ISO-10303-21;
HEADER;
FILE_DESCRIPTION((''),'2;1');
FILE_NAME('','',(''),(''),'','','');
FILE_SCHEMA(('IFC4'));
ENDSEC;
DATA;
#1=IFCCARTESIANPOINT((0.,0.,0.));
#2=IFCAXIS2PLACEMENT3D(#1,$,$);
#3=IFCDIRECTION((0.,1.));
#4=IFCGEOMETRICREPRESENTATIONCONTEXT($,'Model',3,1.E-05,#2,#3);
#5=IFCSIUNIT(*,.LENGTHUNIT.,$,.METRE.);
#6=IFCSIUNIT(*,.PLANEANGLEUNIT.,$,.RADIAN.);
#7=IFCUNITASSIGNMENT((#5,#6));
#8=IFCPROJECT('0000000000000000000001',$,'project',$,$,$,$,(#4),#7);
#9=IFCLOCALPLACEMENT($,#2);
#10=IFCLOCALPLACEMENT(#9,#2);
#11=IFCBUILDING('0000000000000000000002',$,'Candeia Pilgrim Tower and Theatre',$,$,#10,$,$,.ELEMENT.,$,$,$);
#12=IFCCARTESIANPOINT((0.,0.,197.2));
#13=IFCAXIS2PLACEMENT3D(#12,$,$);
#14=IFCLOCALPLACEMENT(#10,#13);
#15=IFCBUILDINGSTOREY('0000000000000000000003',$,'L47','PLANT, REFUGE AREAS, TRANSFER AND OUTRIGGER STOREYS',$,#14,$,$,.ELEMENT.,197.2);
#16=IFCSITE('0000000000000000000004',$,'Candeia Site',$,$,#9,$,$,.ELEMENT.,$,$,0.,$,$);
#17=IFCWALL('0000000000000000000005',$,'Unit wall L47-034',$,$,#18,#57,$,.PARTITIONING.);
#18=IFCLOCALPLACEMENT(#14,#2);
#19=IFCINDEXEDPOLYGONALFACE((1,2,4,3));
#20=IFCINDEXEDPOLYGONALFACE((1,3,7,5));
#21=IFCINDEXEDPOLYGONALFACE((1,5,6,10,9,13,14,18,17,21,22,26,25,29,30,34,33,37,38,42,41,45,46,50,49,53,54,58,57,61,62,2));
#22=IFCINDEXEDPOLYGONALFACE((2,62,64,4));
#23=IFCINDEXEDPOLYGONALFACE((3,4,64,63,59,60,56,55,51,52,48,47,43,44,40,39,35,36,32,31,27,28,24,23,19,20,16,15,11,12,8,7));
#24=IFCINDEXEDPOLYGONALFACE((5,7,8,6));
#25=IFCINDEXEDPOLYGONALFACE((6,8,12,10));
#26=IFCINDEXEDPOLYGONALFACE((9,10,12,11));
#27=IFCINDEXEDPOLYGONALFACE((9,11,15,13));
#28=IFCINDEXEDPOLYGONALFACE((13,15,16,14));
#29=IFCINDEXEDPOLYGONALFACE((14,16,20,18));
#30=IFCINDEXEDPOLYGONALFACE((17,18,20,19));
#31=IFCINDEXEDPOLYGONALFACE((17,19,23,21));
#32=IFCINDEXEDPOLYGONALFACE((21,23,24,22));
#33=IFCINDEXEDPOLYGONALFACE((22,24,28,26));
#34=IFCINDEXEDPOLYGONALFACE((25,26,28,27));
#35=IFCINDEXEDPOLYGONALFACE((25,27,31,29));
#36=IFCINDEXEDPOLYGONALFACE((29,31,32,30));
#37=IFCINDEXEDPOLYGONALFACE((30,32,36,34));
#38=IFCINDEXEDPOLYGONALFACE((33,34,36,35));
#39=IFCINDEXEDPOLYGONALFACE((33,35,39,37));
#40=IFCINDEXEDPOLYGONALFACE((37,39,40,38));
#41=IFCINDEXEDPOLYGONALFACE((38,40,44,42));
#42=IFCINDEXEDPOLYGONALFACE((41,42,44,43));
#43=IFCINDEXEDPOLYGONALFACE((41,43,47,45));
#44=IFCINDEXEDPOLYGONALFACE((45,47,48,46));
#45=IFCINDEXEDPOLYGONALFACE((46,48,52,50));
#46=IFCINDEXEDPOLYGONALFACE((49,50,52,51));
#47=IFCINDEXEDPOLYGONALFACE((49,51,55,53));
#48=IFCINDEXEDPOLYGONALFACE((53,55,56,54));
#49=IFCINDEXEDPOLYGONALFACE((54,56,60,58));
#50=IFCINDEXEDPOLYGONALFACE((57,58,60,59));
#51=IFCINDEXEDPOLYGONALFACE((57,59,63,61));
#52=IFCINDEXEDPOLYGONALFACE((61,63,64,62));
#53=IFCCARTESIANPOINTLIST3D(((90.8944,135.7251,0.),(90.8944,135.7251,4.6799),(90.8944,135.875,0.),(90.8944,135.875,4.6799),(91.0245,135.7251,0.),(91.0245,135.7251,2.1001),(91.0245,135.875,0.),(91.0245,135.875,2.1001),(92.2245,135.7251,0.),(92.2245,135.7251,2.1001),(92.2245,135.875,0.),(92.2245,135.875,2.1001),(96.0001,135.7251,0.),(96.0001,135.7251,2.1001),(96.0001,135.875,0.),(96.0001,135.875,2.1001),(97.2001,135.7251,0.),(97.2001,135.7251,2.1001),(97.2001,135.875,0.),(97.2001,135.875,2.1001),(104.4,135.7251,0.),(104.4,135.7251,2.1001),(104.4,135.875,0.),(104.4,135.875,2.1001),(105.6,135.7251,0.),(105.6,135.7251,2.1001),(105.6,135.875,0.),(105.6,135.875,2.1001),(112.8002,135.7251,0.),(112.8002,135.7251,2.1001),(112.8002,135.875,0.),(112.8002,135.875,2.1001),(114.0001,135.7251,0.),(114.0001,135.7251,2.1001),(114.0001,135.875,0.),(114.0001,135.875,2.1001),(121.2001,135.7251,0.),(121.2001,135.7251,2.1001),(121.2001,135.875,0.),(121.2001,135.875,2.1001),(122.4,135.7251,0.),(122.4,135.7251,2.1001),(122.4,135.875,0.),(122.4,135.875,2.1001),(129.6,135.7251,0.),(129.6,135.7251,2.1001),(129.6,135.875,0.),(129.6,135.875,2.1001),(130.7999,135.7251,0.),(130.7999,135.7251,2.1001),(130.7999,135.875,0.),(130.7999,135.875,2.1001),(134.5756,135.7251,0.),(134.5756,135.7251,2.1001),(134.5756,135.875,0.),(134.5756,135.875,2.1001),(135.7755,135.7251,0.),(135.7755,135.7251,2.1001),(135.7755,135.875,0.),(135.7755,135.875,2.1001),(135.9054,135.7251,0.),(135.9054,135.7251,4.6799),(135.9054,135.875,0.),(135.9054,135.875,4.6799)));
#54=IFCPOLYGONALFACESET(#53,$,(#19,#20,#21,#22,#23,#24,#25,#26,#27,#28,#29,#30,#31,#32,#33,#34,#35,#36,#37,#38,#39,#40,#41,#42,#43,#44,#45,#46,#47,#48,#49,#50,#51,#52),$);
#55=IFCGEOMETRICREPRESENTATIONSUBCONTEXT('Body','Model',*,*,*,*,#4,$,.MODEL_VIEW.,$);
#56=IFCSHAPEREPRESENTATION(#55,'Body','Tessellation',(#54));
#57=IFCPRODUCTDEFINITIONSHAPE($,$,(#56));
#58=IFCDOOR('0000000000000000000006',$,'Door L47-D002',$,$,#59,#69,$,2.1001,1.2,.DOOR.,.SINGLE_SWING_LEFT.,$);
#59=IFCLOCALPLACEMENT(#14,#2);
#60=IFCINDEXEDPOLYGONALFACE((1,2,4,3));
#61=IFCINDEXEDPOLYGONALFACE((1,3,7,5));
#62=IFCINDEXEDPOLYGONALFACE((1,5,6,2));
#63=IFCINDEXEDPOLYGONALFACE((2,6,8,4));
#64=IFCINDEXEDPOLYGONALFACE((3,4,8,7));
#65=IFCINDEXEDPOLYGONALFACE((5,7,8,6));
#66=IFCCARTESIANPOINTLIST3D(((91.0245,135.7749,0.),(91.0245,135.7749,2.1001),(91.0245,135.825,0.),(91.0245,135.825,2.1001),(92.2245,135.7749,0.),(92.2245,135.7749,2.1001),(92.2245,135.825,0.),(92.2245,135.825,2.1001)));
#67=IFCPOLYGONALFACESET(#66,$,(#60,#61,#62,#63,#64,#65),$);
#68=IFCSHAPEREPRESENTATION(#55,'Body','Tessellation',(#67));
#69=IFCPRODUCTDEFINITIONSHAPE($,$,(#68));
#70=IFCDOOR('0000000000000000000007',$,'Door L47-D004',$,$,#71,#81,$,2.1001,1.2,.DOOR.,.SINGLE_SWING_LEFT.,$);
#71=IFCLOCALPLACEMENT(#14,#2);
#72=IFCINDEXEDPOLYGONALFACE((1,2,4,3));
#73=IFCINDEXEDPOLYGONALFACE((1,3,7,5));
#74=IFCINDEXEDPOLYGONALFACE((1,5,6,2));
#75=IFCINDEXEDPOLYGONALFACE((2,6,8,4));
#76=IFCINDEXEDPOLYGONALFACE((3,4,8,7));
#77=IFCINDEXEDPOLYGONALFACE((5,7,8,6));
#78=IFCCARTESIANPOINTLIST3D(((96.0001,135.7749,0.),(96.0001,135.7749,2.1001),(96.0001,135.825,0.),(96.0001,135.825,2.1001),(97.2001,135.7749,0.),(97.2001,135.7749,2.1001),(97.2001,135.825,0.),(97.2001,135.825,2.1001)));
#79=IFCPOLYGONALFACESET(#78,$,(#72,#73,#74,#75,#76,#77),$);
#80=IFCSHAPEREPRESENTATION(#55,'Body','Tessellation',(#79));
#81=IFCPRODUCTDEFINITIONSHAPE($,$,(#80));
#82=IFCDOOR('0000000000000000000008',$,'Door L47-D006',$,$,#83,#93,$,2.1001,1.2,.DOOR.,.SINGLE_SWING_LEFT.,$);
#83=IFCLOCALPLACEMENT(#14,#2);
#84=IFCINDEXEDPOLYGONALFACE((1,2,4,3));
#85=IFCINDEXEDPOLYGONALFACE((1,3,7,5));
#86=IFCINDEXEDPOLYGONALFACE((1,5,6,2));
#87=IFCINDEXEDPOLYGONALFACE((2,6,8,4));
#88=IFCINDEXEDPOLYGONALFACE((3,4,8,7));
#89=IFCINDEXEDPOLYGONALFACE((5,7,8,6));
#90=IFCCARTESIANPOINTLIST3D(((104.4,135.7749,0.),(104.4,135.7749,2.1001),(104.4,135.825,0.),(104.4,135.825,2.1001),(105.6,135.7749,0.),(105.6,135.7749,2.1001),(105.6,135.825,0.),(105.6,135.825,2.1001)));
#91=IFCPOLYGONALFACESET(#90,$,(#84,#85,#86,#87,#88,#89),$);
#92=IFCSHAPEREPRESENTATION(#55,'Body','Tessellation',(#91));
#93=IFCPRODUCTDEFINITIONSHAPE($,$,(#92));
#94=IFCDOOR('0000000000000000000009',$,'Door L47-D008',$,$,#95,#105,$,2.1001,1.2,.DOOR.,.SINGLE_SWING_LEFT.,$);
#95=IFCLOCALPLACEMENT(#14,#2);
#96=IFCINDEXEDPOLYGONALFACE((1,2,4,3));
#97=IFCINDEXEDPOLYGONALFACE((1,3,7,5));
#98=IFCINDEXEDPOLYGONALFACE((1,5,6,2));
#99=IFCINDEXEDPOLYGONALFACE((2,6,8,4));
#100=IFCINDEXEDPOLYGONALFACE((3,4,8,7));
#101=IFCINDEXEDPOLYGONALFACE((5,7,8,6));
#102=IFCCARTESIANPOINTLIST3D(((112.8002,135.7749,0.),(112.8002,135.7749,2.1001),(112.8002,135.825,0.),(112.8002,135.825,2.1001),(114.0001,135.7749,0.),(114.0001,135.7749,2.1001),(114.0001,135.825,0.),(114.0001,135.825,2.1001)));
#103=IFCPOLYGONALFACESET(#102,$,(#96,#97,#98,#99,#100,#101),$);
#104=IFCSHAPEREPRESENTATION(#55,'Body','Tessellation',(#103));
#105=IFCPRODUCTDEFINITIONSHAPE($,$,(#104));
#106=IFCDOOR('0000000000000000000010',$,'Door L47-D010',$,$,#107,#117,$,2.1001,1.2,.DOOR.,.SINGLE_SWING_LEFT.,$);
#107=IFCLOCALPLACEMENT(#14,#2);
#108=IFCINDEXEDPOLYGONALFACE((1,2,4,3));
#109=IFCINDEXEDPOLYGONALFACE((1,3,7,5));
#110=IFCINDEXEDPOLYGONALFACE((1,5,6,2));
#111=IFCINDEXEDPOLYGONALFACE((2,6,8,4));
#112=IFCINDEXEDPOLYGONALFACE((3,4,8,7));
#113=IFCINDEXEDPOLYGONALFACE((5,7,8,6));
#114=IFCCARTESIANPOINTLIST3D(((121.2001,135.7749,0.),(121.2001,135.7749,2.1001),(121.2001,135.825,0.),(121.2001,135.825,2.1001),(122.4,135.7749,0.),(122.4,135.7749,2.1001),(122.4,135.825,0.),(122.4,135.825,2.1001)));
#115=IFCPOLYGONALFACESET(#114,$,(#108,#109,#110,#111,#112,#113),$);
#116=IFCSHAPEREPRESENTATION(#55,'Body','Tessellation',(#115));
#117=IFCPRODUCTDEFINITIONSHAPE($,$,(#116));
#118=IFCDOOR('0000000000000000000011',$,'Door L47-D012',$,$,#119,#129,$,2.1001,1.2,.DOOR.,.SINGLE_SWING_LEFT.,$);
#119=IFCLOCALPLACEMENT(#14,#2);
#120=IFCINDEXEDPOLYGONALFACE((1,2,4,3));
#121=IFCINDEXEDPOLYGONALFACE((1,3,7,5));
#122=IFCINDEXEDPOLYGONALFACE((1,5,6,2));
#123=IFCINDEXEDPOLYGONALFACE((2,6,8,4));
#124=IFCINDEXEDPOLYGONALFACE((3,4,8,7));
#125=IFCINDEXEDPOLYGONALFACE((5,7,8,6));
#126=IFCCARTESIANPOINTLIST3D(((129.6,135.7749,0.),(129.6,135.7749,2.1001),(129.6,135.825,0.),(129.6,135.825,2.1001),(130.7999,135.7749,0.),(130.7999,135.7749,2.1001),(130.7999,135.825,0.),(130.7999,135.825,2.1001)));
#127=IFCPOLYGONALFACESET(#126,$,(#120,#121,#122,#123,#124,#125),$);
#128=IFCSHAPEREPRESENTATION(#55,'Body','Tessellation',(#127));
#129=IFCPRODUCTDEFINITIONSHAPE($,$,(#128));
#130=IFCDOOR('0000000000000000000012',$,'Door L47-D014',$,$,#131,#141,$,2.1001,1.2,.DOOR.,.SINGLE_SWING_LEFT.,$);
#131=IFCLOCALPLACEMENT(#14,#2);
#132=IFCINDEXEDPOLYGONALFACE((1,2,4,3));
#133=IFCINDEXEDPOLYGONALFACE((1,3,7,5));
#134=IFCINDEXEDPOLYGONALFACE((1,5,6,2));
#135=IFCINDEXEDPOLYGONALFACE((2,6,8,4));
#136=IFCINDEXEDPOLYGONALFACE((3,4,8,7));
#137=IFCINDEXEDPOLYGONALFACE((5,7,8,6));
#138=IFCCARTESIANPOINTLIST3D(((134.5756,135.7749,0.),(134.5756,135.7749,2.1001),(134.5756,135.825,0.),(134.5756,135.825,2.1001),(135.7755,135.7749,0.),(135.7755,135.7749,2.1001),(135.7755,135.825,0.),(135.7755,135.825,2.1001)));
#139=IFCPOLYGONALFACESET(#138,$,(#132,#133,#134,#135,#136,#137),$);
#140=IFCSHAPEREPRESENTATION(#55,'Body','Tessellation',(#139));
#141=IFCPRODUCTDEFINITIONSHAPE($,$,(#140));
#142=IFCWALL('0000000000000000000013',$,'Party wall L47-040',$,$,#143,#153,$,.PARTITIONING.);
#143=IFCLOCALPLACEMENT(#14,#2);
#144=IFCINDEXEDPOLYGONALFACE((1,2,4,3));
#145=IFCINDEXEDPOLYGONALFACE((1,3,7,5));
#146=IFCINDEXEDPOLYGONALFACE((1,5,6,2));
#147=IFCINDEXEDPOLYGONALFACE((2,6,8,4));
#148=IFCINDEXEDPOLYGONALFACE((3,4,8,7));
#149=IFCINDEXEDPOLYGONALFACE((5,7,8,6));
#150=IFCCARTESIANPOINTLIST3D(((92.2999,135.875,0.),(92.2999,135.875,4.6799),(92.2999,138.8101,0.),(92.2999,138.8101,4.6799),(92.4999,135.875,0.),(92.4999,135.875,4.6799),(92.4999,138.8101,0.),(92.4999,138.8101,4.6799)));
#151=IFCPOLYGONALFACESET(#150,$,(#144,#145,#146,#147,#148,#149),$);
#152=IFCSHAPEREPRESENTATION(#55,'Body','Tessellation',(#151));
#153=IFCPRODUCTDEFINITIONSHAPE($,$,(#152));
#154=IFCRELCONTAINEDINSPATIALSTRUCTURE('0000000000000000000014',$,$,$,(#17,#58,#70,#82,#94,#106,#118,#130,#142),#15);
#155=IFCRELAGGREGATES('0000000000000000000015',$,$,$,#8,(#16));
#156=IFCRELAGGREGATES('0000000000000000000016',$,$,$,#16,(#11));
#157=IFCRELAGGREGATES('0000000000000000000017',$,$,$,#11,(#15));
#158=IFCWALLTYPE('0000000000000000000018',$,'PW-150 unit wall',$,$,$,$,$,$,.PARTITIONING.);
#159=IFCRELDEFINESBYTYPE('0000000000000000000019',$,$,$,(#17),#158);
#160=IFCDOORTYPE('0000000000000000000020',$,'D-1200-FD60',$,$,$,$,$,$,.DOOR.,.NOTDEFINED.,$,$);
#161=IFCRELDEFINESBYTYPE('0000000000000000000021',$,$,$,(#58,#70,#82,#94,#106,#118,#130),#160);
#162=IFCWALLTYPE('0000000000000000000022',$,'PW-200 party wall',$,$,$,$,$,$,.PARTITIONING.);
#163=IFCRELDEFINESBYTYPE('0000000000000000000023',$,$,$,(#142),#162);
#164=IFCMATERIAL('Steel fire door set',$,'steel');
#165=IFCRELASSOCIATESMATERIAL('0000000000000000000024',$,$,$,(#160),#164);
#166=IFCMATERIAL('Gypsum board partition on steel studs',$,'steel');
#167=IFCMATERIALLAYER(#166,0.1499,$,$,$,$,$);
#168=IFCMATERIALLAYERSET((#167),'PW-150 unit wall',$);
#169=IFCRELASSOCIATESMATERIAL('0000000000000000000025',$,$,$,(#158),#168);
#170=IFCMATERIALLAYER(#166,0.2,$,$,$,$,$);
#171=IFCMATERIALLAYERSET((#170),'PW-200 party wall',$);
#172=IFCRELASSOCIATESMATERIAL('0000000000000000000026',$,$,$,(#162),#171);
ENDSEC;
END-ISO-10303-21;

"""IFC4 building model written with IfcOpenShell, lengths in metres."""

from ifc_helpers import new_model, si_unit, direction, frame, frame_2d, origin, place, context, subcontext, project, spatial, rectangle, extrude, material, layer, layer_set, type_object, element, fill, save


model = new_model("IFC4")

# Units and contexts
model_context = context("Model", 3, precision=1e-05, world=origin(), true_north=direction((0.0, 1.0)))
body_context = subcontext(model_context, "Body", "Model", "MODEL_VIEW")
ifc_project = project(units=[si_unit("LENGTHUNIT", "METRE"), si_unit("PLANEANGLEUNIT", "RADIAN")], contexts=[model_context])

# Site, building, storey
site_placement = place(None, origin())
site = spatial("IfcSite", under=ifc_project, at=site_placement, Name="Candeia Site", CompositionType="ELEMENT", RefElevation=0.0)
building_placement = place(site_placement, origin())
building = spatial("IfcBuilding", under=site, at=building_placement, Name="Candeia Pilgrim Tower and Theatre", CompositionType="ELEMENT")
storey_placement = place(building_placement, frame((0.0, 0.0, 197.2)))
storey = spatial("IfcBuildingStorey", under=building, at=storey_placement, Name="L47", Description="PLANT, REFUGE AREAS, TRANSFER AND OUTRIGGER STOREYS", CompositionType="ELEMENT", Elevation=197.2)

# Shared definitions
ifc_material_1 = material(Name="Steel fire door set", Category="steel")
door_type_1 = type_object("IfcDoorType", Name="D-1200-FD60", OperationType="NOTDEFINED", PredefinedType="DOOR", material=ifc_material_1)

# Wall, openings, doors
ifc_material_2 = material(Name="Gypsum board partition on steel studs", Category="steel")
ifc_layer_1 = layer(ifc_material_2, 0.1499)
ifc_layer_set_1 = layer_set([ifc_layer_1], Name="PW-150 unit wall")
wall_type_1 = type_object("IfcWallType", Name="PW-150 unit wall", PredefinedType="PARTITIONING", material=ifc_layer_set_1)
wall_1_placement = place(storey_placement, frame((90.8945, 135.8, 0.0), z_axis=(0.0, 0.0, 1.0), x_axis=(1.0, 0.0, 0.0)))
wall_1 = element("IfcWall", 1, at=wall_1_placement, inside=storey, type_object=wall_type_1, Name="Unit wall L47-034", PredefinedType="PARTITIONING", context=body_context, shape_type="SweptSolid", body=[
    extrude(rectangle(XDim=45.011, YDim=0.1499, at=frame_2d((22.5054, 0.0))), origin(), (0.0, 0.0, 1.0), 4.6799),
])
opening_1_placement = place(wall_1_placement, frame((0.1299, 0.0, 0.0)))
opening_1 = element("IfcOpeningElement", 2, at=opening_1_placement, cuts=wall_1, PredefinedType="OPENING", context=body_context, shape_type="SweptSolid", body=[
    extrude(rectangle(XDim=1.2, YDim=2.1001, at=frame_2d((0.6001, 1.05))), frame((0.0, 0.085, 0.0), z_axis=(0.0, -1.0, 0.0), x_axis=(1.0, 0.0, 0.0)), (0.0, 0.0, 1.0), 0.1699),
])
opening_2_placement = place(wall_1_placement, frame((5.1055, 0.0, 0.0)))
opening_2 = element("IfcOpeningElement", 3, at=opening_2_placement, cuts=wall_1, PredefinedType="OPENING", context=body_context, shape_type="SweptSolid", body=[
    extrude(rectangle(XDim=1.2, YDim=2.1001, at=frame_2d((0.6001, 1.05))), frame((0.0, 0.085, 0.0), z_axis=(0.0, -1.0, 0.0), x_axis=(1.0, 0.0, 0.0)), (0.0, 0.0, 1.0), 0.1699),
])
opening_3_placement = place(wall_1_placement, frame((13.5054, 0.0, 0.0)))
opening_3 = element("IfcOpeningElement", 4, at=opening_3_placement, cuts=wall_1, PredefinedType="OPENING", context=body_context, shape_type="SweptSolid", body=[
    extrude(rectangle(XDim=1.2, YDim=2.1001, at=frame_2d((0.6001, 1.05))), frame((0.0, 0.085, 0.0), z_axis=(0.0, -1.0, 0.0), x_axis=(1.0, 0.0, 0.0)), (0.0, 0.0, 1.0), 0.1699),
])
opening_4_placement = place(wall_1_placement, frame((21.9055, 0.0, 0.0)))
opening_4 = element("IfcOpeningElement", 5, at=opening_4_placement, cuts=wall_1, PredefinedType="OPENING", context=body_context, shape_type="SweptSolid", body=[
    extrude(rectangle(XDim=1.2, YDim=2.1001, at=frame_2d((0.6001, 1.05))), frame((0.0, 0.085, 0.0), z_axis=(0.0, -1.0, 0.0), x_axis=(1.0, 0.0, 0.0)), (0.0, 0.0, 1.0), 0.1699),
])
opening_5_placement = place(wall_1_placement, frame((30.3054, 0.0, 0.0)))
opening_5 = element("IfcOpeningElement", 6, at=opening_5_placement, cuts=wall_1, PredefinedType="OPENING", context=body_context, shape_type="SweptSolid", body=[
    extrude(rectangle(XDim=1.2, YDim=2.1001, at=frame_2d((0.6001, 1.05))), frame((0.0, 0.085, 0.0), z_axis=(0.0, -1.0, 0.0), x_axis=(1.0, 0.0, 0.0)), (0.0, 0.0, 1.0), 0.1699),
])
opening_6_placement = place(wall_1_placement, frame((38.7053, 0.0, 0.0)))
opening_6 = element("IfcOpeningElement", 7, at=opening_6_placement, cuts=wall_1, PredefinedType="OPENING", context=body_context, shape_type="SweptSolid", body=[
    extrude(rectangle(XDim=1.2, YDim=2.1001, at=frame_2d((0.6001, 1.05))), frame((0.0, 0.085, 0.0), z_axis=(0.0, -1.0, 0.0), x_axis=(1.0, 0.0, 0.0)), (0.0, 0.0, 1.0), 0.1699),
])
opening_7_placement = place(wall_1_placement, frame((43.6809, 0.0, 0.0)))
opening_7 = element("IfcOpeningElement", 8, at=opening_7_placement, cuts=wall_1, PredefinedType="OPENING", context=body_context, shape_type="SweptSolid", body=[
    extrude(rectangle(XDim=1.2, YDim=2.1001, at=frame_2d((0.6001, 1.05))), frame((0.0, 0.085, 0.0), z_axis=(0.0, -1.0, 0.0), x_axis=(1.0, 0.0, 0.0)), (0.0, 0.0, 1.0), 0.1699),
])
door_1_placement = place(opening_1_placement, origin())
door_1 = element("IfcDoor", 9, at=door_1_placement, inside=storey, type_object=door_type_1, Name="Door L47-D002", OperationType="SINGLE_SWING_LEFT", OverallHeight=2.1001, OverallWidth=1.2, PredefinedType="DOOR", context=body_context, shape_type="SweptSolid", body=[
    extrude(rectangle(XDim=1.2, YDim=2.1001, at=frame_2d((0.6001, 1.05))), frame((0.0, 0.0249, 0.0), z_axis=(0.0, -1.0, 0.0), x_axis=(1.0, 0.0, 0.0)), (0.0, 0.0, 1.0), 0.05),
])
fill(opening_1, door_1)
door_2_placement = place(opening_2_placement, origin())
door_2 = element("IfcDoor", 10, at=door_2_placement, inside=storey, type_object=door_type_1, Name="Door L47-D004", OperationType="SINGLE_SWING_LEFT", OverallHeight=2.1001, OverallWidth=1.2, PredefinedType="DOOR", context=body_context, shape_type="SweptSolid", body=[
    extrude(rectangle(XDim=1.2, YDim=2.1001, at=frame_2d((0.6001, 1.05))), frame((0.0, 0.0249, 0.0), z_axis=(0.0, -1.0, 0.0), x_axis=(1.0, 0.0, 0.0)), (0.0, 0.0, 1.0), 0.05),
])
fill(opening_2, door_2)
door_3_placement = place(opening_3_placement, origin())
door_3 = element("IfcDoor", 11, at=door_3_placement, inside=storey, type_object=door_type_1, Name="Door L47-D006", OperationType="SINGLE_SWING_LEFT", OverallHeight=2.1001, OverallWidth=1.2, PredefinedType="DOOR", context=body_context, shape_type="SweptSolid", body=[
    extrude(rectangle(XDim=1.2, YDim=2.1001, at=frame_2d((0.6001, 1.05))), frame((0.0, 0.0249, 0.0), z_axis=(0.0, -1.0, 0.0), x_axis=(1.0, 0.0, 0.0)), (0.0, 0.0, 1.0), 0.05),
])
fill(opening_3, door_3)
door_4_placement = place(opening_4_placement, origin())
door_4 = element("IfcDoor", 12, at=door_4_placement, inside=storey, type_object=door_type_1, Name="Door L47-D008", OperationType="SINGLE_SWING_LEFT", OverallHeight=2.1001, OverallWidth=1.2, PredefinedType="DOOR", context=body_context, shape_type="SweptSolid", body=[
    extrude(rectangle(XDim=1.2, YDim=2.1001, at=frame_2d((0.6001, 1.05))), frame((0.0, 0.0249, 0.0), z_axis=(0.0, -1.0, 0.0), x_axis=(1.0, 0.0, 0.0)), (0.0, 0.0, 1.0), 0.05),
])
fill(opening_4, door_4)
door_5_placement = place(opening_5_placement, origin())
door_5 = element("IfcDoor", 13, at=door_5_placement, inside=storey, type_object=door_type_1, Name="Door L47-D010", OperationType="SINGLE_SWING_LEFT", OverallHeight=2.1001, OverallWidth=1.2, PredefinedType="DOOR", context=body_context, shape_type="SweptSolid", body=[
    extrude(rectangle(XDim=1.2, YDim=2.1001, at=frame_2d((0.6001, 1.05))), frame((0.0, 0.0249, 0.0), z_axis=(0.0, -1.0, 0.0), x_axis=(1.0, 0.0, 0.0)), (0.0, 0.0, 1.0), 0.05),
])
fill(opening_5, door_5)
door_6_placement = place(opening_6_placement, origin())
door_6 = element("IfcDoor", 14, at=door_6_placement, inside=storey, type_object=door_type_1, Name="Door L47-D012", OperationType="SINGLE_SWING_LEFT", OverallHeight=2.1001, OverallWidth=1.2, PredefinedType="DOOR", context=body_context, shape_type="SweptSolid", body=[
    extrude(rectangle(XDim=1.2, YDim=2.1001, at=frame_2d((0.6001, 1.05))), frame((0.0, 0.0249, 0.0), z_axis=(0.0, -1.0, 0.0), x_axis=(1.0, 0.0, 0.0)), (0.0, 0.0, 1.0), 0.05),
])
fill(opening_6, door_6)
door_7_placement = place(opening_7_placement, origin())
door_7 = element("IfcDoor", 15, at=door_7_placement, inside=storey, type_object=door_type_1, Name="Door L47-D014", OperationType="SINGLE_SWING_LEFT", OverallHeight=2.1001, OverallWidth=1.2, PredefinedType="DOOR", context=body_context, shape_type="SweptSolid", body=[
    extrude(rectangle(XDim=1.2, YDim=2.1001, at=frame_2d((0.6001, 1.05))), frame((0.0, 0.0249, 0.0), z_axis=(0.0, -1.0, 0.0), x_axis=(1.0, 0.0, 0.0)), (0.0, 0.0, 1.0), 0.05),
])
fill(opening_7, door_7)

# Wall
ifc_layer_2 = layer(ifc_material_2, 0.2)
ifc_layer_set_2 = layer_set([ifc_layer_2], Name="PW-200 party wall")
wall_type_2 = type_object("IfcWallType", Name="PW-200 party wall", PredefinedType="PARTITIONING", material=ifc_layer_set_2)
wall_2_placement = place(storey_placement, frame((92.3999, 135.875, 0.0), z_axis=(0.0, 0.0, 1.0), x_axis=(0.0, 1.0, 0.0)))
element("IfcWall", 16, at=wall_2_placement, inside=storey, type_object=wall_type_2, Name="Party wall L47-040", PredefinedType="PARTITIONING", context=body_context, shape_type="SweptSolid", body=[
    extrude(rectangle(XDim=2.9351, YDim=0.2, at=frame_2d((1.4675, 0.0))), origin(), (0.0, 0.0, 1.0), 4.6799),
])

save(model, "model.ifc")
